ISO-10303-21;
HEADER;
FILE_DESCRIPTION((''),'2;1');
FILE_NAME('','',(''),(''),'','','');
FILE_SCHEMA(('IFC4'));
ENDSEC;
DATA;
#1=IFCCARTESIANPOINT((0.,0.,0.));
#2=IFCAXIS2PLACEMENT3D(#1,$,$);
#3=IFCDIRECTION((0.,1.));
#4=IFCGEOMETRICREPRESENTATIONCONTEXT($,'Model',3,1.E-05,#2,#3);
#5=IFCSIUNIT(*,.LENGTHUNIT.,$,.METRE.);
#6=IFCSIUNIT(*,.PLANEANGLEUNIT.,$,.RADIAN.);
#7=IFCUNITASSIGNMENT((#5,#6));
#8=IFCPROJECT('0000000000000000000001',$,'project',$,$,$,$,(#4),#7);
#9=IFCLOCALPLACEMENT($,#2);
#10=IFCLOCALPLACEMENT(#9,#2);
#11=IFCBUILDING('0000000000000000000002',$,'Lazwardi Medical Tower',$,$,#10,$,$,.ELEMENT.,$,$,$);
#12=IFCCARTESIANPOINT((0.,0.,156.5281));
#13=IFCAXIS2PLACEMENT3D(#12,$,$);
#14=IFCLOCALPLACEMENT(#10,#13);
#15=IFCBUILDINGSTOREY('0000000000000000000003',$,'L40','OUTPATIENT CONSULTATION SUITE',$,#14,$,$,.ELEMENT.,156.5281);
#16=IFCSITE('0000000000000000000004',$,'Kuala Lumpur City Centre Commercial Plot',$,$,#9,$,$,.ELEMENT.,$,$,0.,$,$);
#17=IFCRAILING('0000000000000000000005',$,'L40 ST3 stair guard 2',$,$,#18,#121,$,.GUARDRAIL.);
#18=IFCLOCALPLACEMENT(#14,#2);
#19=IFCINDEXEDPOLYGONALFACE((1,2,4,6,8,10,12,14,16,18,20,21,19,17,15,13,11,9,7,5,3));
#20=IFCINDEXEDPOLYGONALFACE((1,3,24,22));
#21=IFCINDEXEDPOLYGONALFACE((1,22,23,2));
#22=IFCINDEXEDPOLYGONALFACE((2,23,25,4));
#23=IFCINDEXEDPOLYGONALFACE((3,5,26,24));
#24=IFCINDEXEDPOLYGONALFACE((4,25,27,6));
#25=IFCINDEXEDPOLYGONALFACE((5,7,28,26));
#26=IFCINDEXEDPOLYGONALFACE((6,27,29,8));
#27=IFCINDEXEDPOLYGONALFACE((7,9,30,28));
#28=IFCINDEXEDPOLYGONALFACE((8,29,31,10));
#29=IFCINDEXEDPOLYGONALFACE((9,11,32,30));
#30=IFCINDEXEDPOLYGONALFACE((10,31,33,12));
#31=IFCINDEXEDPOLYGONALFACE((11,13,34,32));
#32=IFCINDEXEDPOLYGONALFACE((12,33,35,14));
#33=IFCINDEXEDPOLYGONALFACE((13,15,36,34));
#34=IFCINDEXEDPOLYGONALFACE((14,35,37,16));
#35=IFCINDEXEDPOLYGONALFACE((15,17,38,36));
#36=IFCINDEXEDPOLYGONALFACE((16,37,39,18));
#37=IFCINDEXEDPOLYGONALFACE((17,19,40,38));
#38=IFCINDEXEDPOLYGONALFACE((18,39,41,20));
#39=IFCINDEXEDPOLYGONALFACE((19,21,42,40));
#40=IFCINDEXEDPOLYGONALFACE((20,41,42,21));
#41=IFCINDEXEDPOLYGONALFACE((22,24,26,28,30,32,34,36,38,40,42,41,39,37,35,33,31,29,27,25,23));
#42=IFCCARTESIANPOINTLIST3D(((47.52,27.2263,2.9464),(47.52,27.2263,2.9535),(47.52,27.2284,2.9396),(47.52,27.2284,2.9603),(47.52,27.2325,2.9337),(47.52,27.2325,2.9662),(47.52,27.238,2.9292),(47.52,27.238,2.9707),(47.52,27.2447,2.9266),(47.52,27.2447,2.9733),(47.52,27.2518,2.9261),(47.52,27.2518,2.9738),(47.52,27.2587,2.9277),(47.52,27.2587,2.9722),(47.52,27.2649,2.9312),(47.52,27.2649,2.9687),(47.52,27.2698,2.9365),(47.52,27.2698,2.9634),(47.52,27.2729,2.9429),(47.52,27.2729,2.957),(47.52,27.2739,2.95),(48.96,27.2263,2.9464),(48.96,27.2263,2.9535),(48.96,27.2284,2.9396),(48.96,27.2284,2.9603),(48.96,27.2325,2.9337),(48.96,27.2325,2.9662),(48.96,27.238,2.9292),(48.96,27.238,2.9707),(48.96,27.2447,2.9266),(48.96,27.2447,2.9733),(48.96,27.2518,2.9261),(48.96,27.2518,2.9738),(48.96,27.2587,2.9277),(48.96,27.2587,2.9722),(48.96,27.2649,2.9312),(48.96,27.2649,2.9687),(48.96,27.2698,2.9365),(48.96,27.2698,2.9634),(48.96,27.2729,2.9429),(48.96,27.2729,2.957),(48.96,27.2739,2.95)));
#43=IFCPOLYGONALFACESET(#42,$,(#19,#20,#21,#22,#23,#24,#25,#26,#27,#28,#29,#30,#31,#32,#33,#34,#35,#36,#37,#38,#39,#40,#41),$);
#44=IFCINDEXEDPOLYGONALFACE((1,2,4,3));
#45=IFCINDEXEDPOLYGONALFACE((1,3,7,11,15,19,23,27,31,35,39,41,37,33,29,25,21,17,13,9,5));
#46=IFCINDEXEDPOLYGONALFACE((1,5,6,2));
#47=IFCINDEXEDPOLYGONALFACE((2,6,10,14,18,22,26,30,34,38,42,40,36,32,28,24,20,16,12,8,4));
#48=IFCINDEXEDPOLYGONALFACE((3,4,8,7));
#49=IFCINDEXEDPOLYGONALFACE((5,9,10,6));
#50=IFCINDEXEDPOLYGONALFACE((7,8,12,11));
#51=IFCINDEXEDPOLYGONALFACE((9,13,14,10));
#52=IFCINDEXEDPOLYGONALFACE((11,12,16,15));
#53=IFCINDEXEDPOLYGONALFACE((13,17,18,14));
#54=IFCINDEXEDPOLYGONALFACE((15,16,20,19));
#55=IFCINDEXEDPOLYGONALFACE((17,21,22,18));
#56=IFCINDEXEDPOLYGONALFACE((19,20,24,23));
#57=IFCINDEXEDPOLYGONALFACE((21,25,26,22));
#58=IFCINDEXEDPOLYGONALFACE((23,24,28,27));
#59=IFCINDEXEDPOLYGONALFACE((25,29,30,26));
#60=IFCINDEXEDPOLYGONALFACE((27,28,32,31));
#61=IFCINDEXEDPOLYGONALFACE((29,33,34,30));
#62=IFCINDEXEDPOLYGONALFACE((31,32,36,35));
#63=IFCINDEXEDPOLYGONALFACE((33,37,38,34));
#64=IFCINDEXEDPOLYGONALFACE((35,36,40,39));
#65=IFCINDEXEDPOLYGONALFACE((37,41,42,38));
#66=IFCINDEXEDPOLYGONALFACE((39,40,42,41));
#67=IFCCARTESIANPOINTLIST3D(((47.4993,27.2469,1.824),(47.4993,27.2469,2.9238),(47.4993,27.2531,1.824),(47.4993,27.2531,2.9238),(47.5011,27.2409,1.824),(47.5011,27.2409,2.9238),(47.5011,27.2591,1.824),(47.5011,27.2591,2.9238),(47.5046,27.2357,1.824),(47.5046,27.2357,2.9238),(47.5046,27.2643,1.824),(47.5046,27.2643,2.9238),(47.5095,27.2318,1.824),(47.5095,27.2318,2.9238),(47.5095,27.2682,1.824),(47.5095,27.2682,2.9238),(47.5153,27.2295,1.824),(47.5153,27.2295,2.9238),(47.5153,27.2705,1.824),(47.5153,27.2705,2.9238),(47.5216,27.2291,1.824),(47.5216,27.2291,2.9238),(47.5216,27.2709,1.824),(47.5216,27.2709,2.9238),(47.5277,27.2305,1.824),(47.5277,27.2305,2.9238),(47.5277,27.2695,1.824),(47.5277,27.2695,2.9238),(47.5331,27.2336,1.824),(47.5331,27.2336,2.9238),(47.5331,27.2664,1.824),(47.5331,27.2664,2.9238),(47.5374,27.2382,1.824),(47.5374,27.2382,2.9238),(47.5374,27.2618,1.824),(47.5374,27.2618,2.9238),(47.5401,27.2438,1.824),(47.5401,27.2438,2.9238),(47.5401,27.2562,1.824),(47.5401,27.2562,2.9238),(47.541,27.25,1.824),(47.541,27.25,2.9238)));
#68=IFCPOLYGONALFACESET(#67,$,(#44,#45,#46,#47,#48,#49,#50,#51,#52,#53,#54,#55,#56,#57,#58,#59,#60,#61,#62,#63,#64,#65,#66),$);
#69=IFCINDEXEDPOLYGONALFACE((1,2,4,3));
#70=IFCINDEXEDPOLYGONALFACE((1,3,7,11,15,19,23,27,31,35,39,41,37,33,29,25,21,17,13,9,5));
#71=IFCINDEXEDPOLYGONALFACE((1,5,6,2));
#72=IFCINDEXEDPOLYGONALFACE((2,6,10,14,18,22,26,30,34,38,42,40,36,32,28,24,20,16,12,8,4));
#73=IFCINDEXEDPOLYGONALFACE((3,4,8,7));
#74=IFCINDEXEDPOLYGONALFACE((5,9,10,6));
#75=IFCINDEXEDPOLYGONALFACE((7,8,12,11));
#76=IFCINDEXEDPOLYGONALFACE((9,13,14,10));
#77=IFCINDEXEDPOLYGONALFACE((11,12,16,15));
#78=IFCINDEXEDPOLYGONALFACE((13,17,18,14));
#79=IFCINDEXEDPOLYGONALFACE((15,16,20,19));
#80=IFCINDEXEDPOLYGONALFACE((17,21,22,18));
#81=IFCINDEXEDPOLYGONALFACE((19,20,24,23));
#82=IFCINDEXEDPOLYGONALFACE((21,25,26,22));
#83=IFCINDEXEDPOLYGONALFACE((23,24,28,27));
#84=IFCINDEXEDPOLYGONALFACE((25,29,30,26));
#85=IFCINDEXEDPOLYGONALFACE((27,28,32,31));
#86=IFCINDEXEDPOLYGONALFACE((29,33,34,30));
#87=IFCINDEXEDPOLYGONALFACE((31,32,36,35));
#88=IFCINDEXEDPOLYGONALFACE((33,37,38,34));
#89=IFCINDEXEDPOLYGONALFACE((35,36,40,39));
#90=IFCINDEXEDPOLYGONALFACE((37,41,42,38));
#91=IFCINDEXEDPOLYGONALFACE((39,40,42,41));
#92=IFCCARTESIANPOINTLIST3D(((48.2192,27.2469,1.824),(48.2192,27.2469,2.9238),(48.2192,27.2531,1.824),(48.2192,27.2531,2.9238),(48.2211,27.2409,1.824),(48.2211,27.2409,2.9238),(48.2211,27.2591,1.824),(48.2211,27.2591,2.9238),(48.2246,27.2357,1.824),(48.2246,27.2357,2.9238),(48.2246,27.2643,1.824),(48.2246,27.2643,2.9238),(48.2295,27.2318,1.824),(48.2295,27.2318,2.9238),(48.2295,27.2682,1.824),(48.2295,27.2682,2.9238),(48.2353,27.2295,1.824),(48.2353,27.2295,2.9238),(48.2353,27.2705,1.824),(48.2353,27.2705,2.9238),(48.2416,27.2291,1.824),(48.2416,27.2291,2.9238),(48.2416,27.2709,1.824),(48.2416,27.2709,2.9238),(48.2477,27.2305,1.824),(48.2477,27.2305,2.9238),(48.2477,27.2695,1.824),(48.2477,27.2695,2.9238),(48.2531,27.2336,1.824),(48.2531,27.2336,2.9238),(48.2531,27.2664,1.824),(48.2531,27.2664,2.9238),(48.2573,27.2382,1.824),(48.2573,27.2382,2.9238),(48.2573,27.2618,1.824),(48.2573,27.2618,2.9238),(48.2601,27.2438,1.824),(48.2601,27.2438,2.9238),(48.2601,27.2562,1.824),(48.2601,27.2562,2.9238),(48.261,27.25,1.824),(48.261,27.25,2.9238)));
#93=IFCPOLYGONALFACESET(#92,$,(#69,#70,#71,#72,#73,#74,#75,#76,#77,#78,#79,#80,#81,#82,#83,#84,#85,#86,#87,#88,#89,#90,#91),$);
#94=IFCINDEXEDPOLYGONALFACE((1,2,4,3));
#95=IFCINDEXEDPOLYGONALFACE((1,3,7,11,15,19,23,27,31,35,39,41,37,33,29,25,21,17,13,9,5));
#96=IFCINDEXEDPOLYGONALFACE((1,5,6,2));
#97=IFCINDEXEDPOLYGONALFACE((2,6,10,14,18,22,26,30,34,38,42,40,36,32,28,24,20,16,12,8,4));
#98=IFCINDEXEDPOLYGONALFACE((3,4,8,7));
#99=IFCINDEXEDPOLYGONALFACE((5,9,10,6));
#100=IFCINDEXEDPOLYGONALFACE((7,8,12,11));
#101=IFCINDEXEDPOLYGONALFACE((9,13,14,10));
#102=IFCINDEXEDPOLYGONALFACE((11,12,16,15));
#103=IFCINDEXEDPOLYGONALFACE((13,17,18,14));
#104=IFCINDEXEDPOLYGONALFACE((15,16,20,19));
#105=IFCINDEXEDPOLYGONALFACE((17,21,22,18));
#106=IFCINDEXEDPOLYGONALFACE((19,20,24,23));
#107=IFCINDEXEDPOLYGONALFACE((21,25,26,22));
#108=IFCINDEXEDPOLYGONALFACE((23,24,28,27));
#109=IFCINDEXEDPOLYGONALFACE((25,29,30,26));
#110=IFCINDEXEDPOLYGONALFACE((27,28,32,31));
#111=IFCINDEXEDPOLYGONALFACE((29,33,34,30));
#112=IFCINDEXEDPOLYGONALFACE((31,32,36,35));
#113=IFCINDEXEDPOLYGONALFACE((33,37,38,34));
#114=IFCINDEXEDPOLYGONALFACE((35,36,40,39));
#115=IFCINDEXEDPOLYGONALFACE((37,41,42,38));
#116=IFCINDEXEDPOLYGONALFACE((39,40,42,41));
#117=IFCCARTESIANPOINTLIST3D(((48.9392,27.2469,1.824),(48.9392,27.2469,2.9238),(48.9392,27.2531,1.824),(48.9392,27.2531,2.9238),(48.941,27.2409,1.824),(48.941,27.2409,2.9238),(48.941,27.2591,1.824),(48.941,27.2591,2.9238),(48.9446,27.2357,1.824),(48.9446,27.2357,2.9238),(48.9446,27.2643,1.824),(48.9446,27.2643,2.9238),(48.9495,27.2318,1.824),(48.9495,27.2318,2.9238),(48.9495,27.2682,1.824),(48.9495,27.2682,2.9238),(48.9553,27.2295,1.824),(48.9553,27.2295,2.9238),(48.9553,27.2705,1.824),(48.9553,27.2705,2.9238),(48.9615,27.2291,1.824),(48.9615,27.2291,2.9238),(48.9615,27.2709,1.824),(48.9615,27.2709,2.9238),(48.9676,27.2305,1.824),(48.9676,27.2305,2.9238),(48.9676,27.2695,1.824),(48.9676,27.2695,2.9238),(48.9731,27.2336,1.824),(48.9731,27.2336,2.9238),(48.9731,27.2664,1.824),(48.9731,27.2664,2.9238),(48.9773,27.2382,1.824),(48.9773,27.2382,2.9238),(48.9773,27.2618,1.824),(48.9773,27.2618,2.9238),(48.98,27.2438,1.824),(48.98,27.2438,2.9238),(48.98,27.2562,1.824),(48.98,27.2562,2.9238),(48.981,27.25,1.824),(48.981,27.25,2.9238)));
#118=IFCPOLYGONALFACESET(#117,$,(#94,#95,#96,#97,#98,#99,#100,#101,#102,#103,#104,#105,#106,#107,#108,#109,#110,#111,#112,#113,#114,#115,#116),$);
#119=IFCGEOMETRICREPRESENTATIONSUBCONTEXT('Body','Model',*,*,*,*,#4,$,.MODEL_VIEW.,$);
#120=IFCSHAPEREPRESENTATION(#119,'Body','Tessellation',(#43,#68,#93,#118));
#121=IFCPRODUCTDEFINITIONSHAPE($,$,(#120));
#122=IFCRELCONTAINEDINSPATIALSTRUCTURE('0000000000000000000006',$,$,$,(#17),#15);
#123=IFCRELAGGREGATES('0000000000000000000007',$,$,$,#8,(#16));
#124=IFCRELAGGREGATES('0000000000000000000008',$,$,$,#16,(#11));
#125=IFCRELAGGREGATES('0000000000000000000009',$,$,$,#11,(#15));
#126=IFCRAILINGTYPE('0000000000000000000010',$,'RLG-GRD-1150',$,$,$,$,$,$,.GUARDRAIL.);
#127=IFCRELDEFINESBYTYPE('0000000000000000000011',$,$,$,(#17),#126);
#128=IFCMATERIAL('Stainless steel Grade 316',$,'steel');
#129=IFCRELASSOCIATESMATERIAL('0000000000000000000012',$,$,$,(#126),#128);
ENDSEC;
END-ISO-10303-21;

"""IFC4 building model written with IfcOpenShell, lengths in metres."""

from ifc_helpers import new_model, si_unit, direction, frame, origin, origin_2d, place, context, subcontext, project, spatial, circle, extrude, material, type_object, element, save


model = new_model("IFC4")

# Units and contexts
model_context = context("Model", 3, precision=1e-05, world=origin(), true_north=direction((0.0, 1.0)))
body_context = subcontext(model_context, "Body", "Model", "MODEL_VIEW")
ifc_project = project(units=[si_unit("LENGTHUNIT", "METRE"), si_unit("PLANEANGLEUNIT", "RADIAN")], contexts=[model_context])

# Site, building, storey
site_placement = place(None, origin())
site = spatial("IfcSite", under=ifc_project, at=site_placement, Name="Kuala Lumpur City Centre Commercial Plot", CompositionType="ELEMENT", RefElevation=0.0)
building_placement = place(site_placement, origin())
building = spatial("IfcBuilding", under=site, at=building_placement, Name="Lazwardi Medical Tower", CompositionType="ELEMENT")
storey_placement = place(building_placement, frame((0.0, 0.0, 156.5281)))
storey = spatial("IfcBuildingStorey", under=building, at=storey_placement, Name="L40", Description="OUTPATIENT CONSULTATION SUITE", CompositionType="ELEMENT", Elevation=156.5281)

# Railing
ifc_material_1 = material(Name="Stainless steel Grade 316", Category="steel")
railing_type_1 = type_object("IfcRailingType", Name="RLG-GRD-1150", PredefinedType="GUARDRAIL", material=ifc_material_1)
railing_1_placement = place(storey_placement, frame((47.52, 27.25, 1.824)))
element("IfcRailing", 1, at=railing_1_placement, inside=storey, type_object=railing_type_1, Name="L40 ST3 stair guard 2", PredefinedType="GUARDRAIL", context=body_context, shape_type="SweptSolid", body=[
    extrude(circle(Radius=0.0239, at=origin_2d()), frame((0.0, 0.0, 1.126), z_axis=(1.0, 0.0, 0.0), x_axis=(0.0, 1.0, 0.0)), (0.0, 0.0, 1.0), 1.4399),
    extrude(circle(Radius=0.021, at=origin_2d()), origin(), (0.0, 0.0, 1.0), 1.0999),
    extrude(circle(Radius=0.021, at=origin_2d()), frame((0.72, 0.0, 0.0)), (0.0, 0.0, 1.0), 1.0999),
    extrude(circle(Radius=0.021, at=origin_2d()), frame((1.4399, 0.0, 0.0)), (0.0, 0.0, 1.0), 1.0999),
])

save(model, "model.ifc")
